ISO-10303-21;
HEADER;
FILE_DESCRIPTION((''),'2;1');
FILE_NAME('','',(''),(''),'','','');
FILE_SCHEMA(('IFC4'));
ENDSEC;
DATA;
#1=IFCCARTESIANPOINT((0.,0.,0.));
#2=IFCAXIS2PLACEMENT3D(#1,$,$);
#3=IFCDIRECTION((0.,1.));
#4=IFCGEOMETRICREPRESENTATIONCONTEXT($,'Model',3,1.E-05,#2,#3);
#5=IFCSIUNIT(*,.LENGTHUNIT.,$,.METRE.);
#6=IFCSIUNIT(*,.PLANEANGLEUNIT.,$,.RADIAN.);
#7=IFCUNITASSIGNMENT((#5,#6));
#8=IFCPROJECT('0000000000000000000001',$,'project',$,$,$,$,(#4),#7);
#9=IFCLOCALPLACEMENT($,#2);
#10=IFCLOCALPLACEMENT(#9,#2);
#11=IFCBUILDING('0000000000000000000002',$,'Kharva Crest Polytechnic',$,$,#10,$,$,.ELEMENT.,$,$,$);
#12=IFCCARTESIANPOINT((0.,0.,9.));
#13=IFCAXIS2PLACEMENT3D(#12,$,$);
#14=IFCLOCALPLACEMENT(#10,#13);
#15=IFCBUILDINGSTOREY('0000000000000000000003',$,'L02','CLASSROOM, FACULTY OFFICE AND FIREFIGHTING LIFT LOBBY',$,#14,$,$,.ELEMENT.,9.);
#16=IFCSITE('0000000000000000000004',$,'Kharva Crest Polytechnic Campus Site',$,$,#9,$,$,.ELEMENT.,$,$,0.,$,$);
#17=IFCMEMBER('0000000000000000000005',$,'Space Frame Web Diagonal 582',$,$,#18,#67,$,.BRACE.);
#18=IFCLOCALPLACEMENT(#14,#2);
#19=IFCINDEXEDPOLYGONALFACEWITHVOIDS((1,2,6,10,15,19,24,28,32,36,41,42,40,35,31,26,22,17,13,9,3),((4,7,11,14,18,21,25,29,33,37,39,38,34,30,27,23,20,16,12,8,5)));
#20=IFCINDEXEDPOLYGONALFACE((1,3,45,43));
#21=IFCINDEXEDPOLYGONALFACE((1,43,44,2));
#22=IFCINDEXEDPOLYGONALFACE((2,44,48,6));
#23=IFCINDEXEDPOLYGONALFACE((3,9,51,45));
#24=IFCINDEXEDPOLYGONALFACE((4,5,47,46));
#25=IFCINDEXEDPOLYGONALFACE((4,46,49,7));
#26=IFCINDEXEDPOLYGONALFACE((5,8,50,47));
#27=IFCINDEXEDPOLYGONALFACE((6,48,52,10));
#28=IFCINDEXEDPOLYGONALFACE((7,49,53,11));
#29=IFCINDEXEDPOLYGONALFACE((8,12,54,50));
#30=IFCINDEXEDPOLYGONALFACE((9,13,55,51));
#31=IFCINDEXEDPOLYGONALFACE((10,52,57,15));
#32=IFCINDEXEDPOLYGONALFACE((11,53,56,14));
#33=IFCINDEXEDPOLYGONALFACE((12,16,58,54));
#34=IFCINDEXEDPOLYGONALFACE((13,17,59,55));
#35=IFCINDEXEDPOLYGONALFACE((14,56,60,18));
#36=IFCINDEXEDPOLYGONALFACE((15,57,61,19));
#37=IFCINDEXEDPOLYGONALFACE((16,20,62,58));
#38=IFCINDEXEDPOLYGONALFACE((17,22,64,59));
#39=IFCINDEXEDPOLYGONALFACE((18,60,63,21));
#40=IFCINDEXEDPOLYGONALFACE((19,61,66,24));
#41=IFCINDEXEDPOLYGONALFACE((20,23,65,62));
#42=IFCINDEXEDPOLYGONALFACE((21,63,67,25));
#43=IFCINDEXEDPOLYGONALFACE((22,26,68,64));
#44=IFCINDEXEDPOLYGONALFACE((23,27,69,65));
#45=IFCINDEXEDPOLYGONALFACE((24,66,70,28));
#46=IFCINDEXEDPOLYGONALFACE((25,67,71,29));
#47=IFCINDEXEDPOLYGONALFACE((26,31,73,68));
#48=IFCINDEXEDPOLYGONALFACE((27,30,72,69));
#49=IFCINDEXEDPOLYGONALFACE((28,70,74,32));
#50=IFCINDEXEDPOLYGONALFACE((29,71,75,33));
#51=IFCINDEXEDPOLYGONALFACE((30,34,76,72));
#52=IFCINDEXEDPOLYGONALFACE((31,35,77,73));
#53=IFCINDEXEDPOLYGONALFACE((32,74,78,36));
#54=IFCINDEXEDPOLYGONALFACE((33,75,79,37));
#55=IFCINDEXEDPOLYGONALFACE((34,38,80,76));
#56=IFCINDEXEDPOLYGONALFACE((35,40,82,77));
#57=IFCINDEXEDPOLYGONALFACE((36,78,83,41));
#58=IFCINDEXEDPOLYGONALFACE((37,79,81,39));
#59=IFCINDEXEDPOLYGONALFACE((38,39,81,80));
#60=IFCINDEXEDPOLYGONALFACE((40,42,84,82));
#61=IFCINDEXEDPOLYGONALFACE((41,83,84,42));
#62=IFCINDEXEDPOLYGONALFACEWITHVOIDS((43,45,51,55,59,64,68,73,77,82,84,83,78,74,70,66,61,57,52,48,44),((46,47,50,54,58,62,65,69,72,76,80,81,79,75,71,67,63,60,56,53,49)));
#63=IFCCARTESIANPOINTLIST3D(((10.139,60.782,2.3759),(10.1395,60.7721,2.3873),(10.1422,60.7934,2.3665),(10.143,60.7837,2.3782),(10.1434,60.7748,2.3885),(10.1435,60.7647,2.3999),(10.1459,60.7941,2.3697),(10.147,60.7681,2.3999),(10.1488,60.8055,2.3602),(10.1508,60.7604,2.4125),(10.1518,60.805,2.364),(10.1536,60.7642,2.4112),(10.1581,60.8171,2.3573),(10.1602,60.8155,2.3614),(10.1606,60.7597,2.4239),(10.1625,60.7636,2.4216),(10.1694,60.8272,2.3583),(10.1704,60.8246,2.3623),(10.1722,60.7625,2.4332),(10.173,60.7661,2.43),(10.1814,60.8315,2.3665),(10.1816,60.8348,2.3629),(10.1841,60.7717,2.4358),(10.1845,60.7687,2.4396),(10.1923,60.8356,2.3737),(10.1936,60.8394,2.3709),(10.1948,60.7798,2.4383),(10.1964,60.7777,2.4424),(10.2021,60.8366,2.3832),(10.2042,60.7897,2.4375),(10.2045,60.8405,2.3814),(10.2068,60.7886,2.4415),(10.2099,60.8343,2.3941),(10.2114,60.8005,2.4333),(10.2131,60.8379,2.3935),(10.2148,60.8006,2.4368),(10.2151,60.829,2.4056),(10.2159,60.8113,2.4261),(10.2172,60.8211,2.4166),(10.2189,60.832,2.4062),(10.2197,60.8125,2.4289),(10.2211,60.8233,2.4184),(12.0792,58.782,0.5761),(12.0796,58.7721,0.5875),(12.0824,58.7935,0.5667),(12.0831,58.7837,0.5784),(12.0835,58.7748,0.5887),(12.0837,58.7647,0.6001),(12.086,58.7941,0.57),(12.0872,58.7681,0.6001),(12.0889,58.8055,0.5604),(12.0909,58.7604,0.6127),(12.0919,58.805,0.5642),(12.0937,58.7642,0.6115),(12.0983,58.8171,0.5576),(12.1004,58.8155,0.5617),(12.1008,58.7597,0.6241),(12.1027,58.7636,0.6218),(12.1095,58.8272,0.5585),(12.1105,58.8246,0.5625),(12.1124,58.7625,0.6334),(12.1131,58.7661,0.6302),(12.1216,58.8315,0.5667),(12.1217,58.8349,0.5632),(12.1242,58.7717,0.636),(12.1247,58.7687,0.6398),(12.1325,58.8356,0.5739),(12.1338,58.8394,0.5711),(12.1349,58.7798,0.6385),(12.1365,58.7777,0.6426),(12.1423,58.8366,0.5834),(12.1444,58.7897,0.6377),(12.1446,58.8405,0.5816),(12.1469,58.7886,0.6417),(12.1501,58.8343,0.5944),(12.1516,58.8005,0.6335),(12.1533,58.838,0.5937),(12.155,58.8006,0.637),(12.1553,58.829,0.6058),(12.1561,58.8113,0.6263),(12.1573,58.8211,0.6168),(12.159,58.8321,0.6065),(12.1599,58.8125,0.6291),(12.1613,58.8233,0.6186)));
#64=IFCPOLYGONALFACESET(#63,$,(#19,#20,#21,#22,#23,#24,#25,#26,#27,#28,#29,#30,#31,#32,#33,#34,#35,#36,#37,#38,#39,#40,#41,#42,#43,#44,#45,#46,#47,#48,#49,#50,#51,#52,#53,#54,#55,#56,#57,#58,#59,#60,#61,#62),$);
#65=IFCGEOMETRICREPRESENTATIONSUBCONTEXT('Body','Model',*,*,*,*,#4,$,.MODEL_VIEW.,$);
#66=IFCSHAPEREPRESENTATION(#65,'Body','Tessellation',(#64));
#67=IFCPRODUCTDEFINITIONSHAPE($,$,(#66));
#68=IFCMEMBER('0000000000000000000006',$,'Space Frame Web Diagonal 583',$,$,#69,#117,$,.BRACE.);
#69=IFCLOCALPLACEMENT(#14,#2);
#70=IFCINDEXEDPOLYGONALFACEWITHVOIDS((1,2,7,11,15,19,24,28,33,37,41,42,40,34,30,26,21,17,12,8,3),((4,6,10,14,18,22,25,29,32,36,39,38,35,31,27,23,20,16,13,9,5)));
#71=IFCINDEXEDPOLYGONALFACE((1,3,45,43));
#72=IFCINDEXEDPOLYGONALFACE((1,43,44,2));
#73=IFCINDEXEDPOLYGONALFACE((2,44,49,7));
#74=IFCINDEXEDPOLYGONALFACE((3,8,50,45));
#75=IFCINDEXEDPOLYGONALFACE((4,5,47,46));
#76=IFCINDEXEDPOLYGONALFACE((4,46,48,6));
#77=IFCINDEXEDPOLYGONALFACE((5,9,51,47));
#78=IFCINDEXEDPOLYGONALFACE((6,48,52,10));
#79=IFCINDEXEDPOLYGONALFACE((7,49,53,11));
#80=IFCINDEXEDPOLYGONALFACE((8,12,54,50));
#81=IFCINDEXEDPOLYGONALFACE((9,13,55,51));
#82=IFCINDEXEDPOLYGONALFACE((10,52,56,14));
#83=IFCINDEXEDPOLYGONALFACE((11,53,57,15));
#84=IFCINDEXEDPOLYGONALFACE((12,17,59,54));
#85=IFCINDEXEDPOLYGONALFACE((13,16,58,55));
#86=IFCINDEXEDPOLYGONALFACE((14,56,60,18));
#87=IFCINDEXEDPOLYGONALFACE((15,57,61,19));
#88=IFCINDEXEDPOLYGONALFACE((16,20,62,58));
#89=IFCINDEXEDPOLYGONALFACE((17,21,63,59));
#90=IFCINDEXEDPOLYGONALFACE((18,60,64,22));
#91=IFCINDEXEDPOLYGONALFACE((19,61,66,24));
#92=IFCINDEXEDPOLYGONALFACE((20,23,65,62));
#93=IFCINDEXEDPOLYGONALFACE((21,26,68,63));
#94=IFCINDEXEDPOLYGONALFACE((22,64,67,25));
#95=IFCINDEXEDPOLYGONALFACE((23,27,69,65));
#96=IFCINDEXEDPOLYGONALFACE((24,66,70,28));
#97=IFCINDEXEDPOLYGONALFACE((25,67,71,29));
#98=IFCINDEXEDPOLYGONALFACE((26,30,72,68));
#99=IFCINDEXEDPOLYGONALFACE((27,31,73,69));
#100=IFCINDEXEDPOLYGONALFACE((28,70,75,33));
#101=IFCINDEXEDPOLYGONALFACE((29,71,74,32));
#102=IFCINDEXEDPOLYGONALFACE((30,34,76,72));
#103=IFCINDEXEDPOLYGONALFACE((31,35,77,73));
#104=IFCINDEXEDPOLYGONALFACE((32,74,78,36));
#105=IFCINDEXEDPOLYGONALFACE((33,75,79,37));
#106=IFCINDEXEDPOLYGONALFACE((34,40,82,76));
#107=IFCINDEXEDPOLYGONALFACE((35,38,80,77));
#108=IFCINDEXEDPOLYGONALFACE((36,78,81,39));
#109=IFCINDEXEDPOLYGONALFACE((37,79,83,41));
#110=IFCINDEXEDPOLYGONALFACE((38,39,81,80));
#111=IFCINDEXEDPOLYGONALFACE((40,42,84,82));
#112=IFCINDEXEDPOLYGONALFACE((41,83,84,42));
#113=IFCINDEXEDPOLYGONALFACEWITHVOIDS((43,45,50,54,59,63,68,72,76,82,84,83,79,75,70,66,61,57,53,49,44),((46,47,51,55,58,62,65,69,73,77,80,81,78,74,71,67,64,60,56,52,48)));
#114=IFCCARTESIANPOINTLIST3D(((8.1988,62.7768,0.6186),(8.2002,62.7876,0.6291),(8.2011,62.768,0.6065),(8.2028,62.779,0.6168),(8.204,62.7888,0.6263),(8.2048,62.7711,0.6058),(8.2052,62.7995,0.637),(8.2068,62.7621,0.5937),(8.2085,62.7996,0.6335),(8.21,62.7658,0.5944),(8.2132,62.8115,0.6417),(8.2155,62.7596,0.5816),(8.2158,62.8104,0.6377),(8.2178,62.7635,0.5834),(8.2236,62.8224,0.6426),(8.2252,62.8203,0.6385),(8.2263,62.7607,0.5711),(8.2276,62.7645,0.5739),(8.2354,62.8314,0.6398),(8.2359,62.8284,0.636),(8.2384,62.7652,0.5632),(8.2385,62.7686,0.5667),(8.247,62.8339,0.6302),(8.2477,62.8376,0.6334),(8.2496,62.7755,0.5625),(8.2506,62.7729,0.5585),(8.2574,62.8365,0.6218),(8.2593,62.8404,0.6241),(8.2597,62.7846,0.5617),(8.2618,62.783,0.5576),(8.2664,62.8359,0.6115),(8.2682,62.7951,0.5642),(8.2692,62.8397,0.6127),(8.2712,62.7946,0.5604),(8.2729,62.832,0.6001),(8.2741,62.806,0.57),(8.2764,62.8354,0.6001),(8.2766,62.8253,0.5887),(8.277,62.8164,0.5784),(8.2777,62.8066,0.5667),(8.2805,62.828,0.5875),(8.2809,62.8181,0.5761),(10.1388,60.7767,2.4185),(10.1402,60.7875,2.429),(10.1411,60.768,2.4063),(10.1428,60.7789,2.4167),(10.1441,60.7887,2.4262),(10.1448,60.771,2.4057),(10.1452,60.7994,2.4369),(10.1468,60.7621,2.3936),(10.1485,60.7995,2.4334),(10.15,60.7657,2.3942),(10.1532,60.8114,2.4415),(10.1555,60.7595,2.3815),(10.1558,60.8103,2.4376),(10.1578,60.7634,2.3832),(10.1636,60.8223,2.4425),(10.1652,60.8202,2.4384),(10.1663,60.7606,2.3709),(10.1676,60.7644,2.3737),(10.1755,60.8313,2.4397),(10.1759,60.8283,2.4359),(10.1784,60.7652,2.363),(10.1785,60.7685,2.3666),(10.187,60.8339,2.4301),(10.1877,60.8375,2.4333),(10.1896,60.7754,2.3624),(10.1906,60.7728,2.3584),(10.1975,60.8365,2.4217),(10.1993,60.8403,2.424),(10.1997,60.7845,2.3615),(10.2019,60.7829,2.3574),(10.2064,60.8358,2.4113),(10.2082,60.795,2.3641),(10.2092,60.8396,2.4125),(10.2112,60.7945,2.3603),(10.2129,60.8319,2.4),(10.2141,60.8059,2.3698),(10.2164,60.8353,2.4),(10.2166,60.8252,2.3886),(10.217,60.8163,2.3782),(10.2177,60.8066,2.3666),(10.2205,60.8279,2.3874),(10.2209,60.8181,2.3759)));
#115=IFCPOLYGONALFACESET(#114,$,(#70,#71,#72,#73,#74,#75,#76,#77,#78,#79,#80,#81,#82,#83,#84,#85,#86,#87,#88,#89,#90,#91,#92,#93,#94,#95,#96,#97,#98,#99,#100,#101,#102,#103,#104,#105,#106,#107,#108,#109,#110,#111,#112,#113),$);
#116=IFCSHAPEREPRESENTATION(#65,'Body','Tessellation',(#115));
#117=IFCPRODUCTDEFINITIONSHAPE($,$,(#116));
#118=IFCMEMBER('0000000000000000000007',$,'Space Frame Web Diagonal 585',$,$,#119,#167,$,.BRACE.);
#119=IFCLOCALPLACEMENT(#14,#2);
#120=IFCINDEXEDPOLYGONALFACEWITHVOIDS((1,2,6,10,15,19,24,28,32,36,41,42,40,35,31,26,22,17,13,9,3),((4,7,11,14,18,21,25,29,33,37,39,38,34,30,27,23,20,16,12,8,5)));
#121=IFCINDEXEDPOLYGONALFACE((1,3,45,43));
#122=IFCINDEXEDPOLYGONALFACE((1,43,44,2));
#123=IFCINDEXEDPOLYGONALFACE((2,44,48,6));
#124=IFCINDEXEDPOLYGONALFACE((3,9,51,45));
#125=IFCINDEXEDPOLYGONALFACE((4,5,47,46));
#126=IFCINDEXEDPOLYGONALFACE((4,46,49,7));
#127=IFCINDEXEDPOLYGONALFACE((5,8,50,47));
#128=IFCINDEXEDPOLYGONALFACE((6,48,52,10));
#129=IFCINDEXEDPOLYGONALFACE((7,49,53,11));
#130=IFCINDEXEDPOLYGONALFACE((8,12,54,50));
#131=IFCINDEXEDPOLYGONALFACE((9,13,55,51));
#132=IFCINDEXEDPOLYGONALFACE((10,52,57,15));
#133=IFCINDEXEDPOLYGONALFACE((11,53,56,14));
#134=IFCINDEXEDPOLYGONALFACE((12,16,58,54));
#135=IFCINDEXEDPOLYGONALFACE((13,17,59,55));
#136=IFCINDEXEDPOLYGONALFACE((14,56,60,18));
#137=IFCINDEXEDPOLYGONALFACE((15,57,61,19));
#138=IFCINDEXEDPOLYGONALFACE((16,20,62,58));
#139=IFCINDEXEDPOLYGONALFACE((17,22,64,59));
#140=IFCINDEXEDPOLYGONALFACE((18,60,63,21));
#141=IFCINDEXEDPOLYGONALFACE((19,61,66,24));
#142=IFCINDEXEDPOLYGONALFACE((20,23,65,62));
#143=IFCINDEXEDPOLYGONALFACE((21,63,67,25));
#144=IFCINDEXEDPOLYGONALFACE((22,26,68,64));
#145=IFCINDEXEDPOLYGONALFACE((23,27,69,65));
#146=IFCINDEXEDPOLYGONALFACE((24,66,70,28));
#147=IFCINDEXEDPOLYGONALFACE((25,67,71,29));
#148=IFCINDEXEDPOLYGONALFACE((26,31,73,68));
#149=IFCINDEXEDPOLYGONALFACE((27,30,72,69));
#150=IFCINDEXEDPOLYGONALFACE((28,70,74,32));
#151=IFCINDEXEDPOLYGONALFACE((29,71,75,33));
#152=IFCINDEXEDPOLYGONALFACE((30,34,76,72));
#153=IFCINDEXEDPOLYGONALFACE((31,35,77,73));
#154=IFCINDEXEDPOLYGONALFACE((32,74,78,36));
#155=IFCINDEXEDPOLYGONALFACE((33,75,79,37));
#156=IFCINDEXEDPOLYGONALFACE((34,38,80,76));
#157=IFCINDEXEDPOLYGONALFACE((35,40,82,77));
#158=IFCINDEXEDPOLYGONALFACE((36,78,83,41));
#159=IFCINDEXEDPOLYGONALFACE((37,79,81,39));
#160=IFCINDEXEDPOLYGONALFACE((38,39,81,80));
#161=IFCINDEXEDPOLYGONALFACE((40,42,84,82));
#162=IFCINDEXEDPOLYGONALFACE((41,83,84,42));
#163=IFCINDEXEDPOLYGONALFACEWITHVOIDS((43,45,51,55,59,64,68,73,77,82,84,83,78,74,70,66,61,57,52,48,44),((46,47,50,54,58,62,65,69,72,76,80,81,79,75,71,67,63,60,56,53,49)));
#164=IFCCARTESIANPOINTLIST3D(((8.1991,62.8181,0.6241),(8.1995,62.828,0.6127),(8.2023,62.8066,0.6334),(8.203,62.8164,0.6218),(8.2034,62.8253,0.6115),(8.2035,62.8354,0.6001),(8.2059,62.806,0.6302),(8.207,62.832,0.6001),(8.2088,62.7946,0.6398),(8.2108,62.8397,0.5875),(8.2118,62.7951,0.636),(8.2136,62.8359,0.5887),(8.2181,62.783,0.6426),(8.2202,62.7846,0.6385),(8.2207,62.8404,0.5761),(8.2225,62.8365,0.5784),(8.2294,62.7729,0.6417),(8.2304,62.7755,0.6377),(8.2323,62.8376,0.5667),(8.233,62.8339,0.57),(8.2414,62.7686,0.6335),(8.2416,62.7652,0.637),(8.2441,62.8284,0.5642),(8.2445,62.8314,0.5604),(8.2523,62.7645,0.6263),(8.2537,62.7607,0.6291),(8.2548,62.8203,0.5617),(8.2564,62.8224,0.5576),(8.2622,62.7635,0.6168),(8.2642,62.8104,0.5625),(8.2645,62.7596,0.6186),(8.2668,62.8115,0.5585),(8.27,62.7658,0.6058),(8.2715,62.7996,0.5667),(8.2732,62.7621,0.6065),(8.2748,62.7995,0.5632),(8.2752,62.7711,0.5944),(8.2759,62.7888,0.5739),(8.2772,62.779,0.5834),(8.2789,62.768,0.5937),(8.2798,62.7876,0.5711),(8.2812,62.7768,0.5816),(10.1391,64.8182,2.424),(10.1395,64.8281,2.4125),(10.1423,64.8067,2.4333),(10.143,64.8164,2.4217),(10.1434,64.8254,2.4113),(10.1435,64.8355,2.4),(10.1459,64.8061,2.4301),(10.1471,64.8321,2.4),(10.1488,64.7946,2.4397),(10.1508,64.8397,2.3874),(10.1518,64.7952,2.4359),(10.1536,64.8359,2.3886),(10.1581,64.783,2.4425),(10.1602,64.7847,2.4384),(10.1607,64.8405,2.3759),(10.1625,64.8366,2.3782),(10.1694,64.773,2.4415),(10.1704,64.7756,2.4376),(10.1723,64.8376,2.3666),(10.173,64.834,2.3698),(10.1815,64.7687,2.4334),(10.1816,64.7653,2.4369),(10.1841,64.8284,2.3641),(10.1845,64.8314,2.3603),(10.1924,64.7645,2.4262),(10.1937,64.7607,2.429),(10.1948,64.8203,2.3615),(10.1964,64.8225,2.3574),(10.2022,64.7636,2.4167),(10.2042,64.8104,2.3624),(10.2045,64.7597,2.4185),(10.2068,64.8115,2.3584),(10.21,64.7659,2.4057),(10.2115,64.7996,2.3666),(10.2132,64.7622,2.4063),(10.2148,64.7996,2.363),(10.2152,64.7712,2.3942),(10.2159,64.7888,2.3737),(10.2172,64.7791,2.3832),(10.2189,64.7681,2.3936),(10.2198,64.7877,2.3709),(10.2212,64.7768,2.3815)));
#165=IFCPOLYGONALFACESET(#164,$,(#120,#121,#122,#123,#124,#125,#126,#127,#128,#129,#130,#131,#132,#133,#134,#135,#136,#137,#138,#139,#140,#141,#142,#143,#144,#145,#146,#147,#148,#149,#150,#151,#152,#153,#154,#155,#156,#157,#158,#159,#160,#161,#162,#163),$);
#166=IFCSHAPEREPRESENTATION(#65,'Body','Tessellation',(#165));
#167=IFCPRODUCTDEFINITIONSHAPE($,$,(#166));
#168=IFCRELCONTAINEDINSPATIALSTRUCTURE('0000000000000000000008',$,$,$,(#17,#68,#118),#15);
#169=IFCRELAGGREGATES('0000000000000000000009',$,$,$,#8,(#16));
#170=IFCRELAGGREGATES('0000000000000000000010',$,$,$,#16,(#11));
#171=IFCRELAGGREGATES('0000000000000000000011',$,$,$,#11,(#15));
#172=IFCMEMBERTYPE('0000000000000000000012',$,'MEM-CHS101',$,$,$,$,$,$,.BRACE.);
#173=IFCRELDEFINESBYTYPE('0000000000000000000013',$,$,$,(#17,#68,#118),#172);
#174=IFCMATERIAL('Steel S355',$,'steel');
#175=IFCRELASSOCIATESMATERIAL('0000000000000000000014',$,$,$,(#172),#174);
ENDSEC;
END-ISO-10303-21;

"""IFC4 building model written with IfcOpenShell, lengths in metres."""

from ifc_helpers import new_model, si_unit, direction, frame, origin, origin_2d, place, context, subcontext, project, spatial, hollow_circle, extrude, material, material_profile, profile_set, type_object, element, save


model = new_model("IFC4")

# Units and contexts
model_context = context("Model", 3, precision=1e-05, world=origin(), true_north=direction((0.0, 1.0)))
body_context = subcontext(model_context, "Body", "Model", "MODEL_VIEW")
ifc_project = project(units=[si_unit("LENGTHUNIT", "METRE"), si_unit("PLANEANGLEUNIT", "RADIAN")], contexts=[model_context])

# Site, building, storey
site_placement = place(None, origin())
site = spatial("IfcSite", under=ifc_project, at=site_placement, Name="Kharva Crest Polytechnic Campus Site", CompositionType="ELEMENT", RefElevation=0.0)
building_placement = place(site_placement, origin())
building = spatial("IfcBuilding", under=site, at=building_placement, Name="Kharva Crest Polytechnic", CompositionType="ELEMENT")
storey_placement = place(building_placement, frame((0.0, 0.0, 9.0)))
storey = spatial("IfcBuildingStorey", under=building, at=storey_placement, Name="L02", Description="CLASSROOM, FACULTY OFFICE AND FIREFIGHTING LIFT LOBBY", CompositionType="ELEMENT", Elevation=9.0)

# Shared definitions
ifc_material_1 = material(Name="Steel S355", Category="steel")

# Members
ifc_material_profile_1 = material_profile(ifc_material_1, hollow_circle(Radius=0.0508, WallThickness=0.0049, at=origin_2d()), Name="CHS 101.6X5.0")
ifc_profile_set_1 = profile_set([ifc_material_profile_1], Name="Steel S355")
member_type_1 = type_object("IfcMemberType", Name="MEM-CHS101", PredefinedType="BRACE", material=ifc_profile_set_1)
for number, where, z_axis, x_axis, name in (
    (1, (12.1201, 58.8, 0.6001), (-0.584892, 0.602924, 0.542572), (-0.717758, -0.696292, 0.0), "Space Frame Web Diagonal 582"),
    (2, (8.24, 62.8, 0.6001), (0.584843, -0.60295, 0.542596), (0.717802, 0.696247, 0.0), "Space Frame Web Diagonal 583"),
    (3, (8.24, 62.8, 0.6001), (0.584843, 0.60295, 0.542596), (-0.717802, 0.696247, 0.0), "Space Frame Web Diagonal 585"),
):
    element("IfcMember", number, at=place(storey_placement, frame(where, z_axis=z_axis, x_axis=x_axis)), inside=storey, type_object=member_type_1, Name=name, PredefinedType="BRACE", context=body_context, shape_type="SweptSolid", body=[
        extrude(hollow_circle(Radius=0.0508, WallThickness=0.0049, at=origin_2d()), origin(), (0.0, 0.0, 1.0), 3.3171),
    ])

save(model, "model.ifc")
